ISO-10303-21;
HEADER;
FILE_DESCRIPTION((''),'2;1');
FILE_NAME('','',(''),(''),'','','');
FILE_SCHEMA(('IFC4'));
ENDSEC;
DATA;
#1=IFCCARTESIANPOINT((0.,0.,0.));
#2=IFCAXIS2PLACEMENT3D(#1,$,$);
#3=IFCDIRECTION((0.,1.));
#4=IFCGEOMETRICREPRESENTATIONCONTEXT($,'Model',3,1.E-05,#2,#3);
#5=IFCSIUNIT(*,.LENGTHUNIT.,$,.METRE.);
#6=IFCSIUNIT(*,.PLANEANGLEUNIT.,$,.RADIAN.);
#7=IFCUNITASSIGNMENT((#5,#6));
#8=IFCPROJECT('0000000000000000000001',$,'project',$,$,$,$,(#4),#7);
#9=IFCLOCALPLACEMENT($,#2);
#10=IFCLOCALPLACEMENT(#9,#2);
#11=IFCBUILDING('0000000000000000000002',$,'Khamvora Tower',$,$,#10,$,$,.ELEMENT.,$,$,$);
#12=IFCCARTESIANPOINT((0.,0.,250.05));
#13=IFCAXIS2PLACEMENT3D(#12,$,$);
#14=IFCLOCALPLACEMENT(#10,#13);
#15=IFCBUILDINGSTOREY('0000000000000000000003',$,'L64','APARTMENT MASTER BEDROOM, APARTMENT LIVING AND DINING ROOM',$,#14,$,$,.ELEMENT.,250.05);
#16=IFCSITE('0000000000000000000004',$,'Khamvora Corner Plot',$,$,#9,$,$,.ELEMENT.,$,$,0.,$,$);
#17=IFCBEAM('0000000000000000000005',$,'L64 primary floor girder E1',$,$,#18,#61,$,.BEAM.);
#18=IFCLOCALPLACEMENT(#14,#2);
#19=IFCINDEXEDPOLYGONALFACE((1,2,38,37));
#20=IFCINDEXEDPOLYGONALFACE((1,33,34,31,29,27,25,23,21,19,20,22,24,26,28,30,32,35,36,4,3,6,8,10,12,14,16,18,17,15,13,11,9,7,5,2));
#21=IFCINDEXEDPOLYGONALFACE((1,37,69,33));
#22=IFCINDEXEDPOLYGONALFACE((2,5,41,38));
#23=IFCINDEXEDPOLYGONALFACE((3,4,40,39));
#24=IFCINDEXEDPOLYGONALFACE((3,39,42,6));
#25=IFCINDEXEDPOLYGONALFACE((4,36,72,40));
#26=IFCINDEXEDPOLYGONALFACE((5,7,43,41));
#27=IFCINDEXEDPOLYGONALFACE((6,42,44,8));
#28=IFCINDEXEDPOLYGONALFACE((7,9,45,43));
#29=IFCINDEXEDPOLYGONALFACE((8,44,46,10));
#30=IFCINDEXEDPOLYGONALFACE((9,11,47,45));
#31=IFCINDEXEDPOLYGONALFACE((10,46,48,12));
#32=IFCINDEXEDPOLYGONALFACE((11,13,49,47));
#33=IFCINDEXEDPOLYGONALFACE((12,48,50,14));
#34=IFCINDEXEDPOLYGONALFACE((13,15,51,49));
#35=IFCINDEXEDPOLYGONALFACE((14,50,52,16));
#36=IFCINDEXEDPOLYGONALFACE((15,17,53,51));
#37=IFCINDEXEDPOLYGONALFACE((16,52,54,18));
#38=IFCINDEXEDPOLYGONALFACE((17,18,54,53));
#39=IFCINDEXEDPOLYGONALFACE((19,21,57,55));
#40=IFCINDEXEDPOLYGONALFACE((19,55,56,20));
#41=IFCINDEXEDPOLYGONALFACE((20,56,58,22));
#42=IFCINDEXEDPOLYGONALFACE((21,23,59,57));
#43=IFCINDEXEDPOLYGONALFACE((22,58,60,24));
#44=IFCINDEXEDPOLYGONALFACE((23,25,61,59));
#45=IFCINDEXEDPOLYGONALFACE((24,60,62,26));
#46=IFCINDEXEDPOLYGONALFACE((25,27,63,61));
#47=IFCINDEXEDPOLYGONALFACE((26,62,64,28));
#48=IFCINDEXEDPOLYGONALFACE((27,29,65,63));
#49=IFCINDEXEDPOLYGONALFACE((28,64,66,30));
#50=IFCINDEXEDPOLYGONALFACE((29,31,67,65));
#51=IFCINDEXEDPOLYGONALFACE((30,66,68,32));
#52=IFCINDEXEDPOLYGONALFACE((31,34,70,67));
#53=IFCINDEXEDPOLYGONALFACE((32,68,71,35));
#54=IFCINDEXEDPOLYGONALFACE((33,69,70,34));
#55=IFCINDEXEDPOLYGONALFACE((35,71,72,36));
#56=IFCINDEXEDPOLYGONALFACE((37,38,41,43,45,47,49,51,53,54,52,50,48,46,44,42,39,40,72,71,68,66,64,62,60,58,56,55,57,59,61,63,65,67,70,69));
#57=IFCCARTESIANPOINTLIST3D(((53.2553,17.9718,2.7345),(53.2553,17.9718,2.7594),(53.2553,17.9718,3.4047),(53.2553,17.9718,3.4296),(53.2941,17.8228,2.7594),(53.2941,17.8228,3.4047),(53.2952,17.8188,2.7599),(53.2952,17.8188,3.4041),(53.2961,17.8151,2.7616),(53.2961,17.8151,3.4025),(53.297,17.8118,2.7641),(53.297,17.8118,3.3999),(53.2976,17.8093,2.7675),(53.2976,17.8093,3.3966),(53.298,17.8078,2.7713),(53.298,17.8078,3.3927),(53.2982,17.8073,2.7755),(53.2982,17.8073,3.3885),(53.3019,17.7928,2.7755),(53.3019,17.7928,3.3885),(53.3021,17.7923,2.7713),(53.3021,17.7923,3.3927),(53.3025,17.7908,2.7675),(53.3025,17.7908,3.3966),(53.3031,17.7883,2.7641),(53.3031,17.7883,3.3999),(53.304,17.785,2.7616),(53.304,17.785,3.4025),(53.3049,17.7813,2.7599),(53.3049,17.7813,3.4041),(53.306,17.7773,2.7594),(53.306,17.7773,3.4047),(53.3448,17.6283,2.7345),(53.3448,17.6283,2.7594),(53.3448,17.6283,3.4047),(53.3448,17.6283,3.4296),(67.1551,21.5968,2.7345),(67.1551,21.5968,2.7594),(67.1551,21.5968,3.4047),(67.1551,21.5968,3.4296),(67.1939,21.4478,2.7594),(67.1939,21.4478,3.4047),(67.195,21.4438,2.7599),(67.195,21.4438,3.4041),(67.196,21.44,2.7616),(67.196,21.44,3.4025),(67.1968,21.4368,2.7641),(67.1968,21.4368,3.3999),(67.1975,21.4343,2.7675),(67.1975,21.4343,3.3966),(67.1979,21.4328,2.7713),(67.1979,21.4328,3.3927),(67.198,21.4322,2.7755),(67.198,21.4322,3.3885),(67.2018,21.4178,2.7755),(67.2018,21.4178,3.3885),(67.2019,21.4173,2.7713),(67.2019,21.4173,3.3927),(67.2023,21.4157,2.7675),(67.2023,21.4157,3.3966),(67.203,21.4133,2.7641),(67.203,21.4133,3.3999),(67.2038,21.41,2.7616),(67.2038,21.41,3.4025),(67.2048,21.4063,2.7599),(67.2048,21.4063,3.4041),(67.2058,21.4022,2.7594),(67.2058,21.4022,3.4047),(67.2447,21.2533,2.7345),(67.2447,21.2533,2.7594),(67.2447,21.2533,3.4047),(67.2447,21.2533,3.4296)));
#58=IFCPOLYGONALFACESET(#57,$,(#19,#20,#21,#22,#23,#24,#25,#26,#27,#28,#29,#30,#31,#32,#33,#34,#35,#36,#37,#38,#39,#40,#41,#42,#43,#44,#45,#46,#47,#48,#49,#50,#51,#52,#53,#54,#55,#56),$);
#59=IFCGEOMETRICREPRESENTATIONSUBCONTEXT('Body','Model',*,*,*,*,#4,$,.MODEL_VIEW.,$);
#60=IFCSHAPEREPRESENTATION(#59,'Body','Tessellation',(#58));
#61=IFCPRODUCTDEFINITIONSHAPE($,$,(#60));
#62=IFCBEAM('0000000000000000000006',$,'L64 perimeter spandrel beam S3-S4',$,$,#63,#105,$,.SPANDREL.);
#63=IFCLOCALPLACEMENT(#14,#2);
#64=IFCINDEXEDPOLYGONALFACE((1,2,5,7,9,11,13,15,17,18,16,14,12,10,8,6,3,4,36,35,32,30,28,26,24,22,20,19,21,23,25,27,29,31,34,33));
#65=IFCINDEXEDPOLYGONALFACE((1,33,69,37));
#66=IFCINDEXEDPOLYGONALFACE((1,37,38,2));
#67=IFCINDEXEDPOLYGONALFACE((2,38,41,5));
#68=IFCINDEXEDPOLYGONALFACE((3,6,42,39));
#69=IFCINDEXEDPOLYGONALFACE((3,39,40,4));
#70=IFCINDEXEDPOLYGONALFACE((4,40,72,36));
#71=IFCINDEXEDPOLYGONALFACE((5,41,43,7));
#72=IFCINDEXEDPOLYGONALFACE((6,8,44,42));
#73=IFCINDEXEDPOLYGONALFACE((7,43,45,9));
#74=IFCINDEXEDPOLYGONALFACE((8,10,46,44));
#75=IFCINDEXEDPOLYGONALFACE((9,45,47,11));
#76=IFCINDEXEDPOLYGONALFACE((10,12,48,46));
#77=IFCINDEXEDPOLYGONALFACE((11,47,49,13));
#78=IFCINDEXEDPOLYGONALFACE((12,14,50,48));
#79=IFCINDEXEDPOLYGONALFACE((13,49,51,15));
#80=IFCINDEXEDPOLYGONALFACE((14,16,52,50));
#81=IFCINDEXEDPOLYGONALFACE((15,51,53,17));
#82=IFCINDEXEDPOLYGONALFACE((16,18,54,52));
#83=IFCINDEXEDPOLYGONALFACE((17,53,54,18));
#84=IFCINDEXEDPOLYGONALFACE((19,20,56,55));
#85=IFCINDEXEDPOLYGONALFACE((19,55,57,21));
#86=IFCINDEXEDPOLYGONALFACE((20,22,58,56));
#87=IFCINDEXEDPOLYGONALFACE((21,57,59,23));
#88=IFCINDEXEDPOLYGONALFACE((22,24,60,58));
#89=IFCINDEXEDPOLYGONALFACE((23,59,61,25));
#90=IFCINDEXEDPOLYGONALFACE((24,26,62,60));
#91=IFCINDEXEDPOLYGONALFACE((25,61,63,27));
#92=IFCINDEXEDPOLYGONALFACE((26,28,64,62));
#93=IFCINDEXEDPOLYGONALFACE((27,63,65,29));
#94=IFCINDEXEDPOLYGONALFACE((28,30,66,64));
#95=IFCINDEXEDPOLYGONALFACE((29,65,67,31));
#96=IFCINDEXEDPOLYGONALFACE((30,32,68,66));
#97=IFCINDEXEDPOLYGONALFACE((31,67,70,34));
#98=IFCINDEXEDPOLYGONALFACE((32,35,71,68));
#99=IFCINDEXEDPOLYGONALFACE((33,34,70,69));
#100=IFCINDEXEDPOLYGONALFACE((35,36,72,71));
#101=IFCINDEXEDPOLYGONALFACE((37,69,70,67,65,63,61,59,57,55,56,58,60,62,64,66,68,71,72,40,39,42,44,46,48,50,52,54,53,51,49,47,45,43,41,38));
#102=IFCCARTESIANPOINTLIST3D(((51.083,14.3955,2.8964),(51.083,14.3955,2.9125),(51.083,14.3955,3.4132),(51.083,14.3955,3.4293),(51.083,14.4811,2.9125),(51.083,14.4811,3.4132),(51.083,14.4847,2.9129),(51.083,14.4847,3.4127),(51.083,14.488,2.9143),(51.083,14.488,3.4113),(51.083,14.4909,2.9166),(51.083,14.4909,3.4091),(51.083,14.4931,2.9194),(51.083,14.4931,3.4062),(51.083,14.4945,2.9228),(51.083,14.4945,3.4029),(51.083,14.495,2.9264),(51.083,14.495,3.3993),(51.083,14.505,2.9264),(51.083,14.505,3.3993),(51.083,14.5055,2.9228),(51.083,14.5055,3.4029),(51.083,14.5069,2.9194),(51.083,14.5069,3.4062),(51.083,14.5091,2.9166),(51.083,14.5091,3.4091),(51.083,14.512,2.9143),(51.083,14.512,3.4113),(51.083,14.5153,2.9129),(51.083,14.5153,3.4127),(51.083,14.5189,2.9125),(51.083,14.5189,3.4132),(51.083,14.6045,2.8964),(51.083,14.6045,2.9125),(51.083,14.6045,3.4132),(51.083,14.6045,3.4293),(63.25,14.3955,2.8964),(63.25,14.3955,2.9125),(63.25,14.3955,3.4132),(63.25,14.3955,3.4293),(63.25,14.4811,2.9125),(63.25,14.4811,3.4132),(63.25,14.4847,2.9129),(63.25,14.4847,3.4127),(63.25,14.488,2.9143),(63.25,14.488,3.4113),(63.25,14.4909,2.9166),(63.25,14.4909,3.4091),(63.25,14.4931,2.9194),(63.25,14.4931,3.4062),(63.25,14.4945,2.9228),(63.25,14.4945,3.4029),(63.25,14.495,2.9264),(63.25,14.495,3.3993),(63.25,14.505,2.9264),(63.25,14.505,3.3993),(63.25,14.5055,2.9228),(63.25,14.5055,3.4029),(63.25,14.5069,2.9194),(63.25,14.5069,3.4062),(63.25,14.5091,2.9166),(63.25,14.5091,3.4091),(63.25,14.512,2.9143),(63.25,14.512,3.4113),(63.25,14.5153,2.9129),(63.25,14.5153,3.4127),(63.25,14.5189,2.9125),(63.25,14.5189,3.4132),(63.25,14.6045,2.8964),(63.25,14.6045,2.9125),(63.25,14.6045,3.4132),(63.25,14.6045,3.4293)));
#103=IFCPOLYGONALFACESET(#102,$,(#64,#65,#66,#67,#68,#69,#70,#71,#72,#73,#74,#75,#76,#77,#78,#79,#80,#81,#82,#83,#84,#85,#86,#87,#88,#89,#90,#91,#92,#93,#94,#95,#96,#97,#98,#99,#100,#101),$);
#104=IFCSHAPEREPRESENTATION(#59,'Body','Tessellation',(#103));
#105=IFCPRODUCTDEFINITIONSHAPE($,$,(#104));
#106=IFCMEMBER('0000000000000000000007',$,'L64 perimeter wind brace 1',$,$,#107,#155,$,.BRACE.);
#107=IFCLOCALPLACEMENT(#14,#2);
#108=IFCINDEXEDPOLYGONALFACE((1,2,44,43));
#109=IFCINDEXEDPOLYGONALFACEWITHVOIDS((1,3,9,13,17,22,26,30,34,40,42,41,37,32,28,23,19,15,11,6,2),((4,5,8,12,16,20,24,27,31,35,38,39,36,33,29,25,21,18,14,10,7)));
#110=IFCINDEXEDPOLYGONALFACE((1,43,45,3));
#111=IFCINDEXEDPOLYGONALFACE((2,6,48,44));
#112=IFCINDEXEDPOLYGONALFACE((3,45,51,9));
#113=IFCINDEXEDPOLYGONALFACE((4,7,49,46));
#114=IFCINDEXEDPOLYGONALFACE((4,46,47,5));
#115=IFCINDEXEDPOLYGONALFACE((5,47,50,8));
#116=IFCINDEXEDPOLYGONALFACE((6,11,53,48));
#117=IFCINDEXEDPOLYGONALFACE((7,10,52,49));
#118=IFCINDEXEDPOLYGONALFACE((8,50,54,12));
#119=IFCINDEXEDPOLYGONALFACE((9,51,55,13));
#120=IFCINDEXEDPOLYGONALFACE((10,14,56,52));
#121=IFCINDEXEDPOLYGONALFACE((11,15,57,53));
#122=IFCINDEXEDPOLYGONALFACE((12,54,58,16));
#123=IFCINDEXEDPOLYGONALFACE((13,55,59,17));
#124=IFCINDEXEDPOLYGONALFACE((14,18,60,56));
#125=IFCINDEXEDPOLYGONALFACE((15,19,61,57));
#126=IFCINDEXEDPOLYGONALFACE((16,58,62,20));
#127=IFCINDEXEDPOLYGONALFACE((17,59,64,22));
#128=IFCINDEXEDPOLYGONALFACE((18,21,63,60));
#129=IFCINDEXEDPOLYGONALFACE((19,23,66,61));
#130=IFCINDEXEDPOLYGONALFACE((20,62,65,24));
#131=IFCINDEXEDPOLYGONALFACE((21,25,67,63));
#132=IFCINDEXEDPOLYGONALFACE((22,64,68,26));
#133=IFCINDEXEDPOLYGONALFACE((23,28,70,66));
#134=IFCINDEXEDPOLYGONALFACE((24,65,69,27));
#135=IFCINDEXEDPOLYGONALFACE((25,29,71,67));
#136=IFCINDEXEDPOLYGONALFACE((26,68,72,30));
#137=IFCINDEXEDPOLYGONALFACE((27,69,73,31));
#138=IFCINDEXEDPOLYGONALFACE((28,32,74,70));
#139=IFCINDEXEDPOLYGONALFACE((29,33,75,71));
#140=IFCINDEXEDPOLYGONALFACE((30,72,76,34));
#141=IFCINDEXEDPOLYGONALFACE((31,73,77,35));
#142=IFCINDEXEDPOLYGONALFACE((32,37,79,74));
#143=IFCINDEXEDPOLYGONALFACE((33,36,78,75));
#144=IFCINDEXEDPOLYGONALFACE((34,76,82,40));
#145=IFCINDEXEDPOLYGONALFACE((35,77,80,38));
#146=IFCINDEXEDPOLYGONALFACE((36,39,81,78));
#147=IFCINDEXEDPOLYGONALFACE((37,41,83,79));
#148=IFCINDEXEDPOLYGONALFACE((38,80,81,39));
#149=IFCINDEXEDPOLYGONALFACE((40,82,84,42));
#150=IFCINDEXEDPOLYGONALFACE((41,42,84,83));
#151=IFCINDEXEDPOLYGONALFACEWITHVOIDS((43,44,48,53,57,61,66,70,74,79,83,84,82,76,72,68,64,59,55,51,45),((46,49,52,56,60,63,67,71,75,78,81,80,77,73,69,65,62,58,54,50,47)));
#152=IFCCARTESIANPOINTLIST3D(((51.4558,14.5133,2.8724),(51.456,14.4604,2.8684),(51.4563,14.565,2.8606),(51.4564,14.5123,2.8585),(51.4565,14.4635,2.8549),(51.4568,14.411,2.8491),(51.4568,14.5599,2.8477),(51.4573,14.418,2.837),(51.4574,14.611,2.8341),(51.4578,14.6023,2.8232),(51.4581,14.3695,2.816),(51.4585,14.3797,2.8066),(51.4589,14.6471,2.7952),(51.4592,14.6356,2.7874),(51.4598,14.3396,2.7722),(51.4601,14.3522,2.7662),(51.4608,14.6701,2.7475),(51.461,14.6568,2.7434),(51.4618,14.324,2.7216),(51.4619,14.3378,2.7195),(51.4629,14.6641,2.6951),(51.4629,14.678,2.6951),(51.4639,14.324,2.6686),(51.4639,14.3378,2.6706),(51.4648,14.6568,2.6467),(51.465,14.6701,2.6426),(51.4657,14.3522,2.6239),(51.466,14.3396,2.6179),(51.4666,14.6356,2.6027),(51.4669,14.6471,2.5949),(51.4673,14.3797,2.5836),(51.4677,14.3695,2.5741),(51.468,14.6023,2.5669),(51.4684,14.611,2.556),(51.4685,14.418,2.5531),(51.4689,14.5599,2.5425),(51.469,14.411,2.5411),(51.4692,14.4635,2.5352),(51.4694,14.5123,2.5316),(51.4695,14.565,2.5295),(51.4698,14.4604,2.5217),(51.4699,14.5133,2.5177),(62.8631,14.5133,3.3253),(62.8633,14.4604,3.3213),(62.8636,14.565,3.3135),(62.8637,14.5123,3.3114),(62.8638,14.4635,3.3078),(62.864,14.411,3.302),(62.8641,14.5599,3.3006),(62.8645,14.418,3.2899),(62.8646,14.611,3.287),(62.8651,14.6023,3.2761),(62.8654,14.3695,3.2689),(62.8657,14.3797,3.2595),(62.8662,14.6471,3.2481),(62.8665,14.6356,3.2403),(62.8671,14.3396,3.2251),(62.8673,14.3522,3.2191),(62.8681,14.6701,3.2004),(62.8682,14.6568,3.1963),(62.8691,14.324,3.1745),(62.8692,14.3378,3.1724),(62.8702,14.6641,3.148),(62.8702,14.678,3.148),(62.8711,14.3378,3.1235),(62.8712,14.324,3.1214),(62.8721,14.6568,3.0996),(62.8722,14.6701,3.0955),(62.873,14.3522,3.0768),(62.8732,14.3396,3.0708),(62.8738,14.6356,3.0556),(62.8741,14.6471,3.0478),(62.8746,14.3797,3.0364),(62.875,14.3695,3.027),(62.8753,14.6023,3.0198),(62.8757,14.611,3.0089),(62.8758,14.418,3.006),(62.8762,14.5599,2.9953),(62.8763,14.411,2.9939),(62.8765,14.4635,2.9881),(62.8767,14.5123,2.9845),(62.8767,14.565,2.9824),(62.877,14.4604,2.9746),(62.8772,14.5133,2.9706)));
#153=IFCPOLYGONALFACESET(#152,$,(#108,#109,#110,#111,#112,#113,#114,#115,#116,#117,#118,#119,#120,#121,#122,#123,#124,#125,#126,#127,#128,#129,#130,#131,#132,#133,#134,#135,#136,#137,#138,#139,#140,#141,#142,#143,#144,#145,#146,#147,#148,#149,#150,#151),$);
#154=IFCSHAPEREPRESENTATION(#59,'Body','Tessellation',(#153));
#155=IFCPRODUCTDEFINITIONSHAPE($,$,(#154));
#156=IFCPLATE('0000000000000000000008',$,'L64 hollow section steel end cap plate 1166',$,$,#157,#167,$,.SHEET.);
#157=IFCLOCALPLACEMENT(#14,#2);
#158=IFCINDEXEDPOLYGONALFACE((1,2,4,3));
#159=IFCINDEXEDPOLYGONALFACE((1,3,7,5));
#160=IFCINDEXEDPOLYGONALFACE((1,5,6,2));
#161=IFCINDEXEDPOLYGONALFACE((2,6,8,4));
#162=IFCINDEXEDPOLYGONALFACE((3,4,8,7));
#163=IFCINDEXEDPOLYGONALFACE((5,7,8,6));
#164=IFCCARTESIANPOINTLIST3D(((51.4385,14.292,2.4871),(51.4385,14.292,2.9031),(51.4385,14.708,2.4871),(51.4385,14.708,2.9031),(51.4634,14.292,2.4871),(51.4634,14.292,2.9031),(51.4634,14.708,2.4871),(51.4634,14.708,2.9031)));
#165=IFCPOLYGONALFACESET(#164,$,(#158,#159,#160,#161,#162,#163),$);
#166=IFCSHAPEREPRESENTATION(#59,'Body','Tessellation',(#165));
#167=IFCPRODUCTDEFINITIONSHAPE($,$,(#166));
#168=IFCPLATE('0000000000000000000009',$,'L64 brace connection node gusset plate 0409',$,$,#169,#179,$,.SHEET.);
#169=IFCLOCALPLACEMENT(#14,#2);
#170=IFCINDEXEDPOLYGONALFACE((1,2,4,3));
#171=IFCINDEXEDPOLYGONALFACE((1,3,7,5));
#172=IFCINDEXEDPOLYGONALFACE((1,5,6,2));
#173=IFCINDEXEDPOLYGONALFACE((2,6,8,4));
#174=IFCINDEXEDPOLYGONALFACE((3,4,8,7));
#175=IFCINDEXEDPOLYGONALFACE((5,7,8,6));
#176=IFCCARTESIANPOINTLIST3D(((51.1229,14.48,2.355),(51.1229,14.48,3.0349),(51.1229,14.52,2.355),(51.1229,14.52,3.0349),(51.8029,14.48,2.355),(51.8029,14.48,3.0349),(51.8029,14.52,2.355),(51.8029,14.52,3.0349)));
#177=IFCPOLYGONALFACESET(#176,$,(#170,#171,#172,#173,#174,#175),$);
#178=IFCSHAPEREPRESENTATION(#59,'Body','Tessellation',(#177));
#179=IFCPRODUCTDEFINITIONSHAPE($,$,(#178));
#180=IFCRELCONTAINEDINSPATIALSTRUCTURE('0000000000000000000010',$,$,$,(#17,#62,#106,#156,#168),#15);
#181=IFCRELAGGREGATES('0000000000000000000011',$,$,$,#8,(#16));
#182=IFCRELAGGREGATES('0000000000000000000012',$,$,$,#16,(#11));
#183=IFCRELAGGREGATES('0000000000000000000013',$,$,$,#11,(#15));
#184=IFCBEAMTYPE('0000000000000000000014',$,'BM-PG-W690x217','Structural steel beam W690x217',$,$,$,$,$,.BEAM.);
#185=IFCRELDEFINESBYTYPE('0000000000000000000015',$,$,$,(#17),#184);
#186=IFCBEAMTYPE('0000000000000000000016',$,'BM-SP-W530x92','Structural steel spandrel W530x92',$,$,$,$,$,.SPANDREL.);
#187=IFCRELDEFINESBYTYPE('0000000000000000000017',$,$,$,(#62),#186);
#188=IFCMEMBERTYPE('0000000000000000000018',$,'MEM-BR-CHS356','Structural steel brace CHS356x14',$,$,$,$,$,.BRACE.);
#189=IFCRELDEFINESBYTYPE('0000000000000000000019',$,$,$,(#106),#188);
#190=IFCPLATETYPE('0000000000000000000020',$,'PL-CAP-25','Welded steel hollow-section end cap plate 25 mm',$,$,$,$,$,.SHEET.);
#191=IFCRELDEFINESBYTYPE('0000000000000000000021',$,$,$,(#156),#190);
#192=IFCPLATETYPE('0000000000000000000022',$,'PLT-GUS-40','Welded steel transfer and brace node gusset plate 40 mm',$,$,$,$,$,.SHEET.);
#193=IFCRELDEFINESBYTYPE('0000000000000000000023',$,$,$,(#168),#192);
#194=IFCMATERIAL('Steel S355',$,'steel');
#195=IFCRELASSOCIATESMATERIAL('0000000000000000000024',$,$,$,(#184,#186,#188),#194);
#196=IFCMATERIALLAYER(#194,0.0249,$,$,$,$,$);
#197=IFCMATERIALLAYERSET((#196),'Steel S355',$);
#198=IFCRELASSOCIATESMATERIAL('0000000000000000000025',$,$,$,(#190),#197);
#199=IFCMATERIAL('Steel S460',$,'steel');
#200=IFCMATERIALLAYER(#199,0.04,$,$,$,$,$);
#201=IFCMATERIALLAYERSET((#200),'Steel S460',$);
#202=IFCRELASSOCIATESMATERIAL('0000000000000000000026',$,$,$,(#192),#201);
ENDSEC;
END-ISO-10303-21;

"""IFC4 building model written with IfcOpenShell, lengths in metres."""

from ifc_helpers import new_model, si_unit, direction, frame, origin, origin_2d, place, context, subcontext, project, spatial, rectangle, hollow_circle, i_section, extrude, material, layer, layer_set, material_profile, profile_set, type_object, element, save


model = new_model("IFC4")

# Units and contexts
model_context = context("Model", 3, precision=1e-05, world=origin(), true_north=direction((0.0, 1.0)))
body_context = subcontext(model_context, "Body", "Model", "MODEL_VIEW")
ifc_project = project(units=[si_unit("LENGTHUNIT", "METRE"), si_unit("PLANEANGLEUNIT", "RADIAN")], contexts=[model_context])

# Site, building, storey
site_placement = place(None, origin())
site = spatial("IfcSite", under=ifc_project, at=site_placement, Name="Khamvora Corner Plot", CompositionType="ELEMENT", RefElevation=0.0)
building_placement = place(site_placement, origin())
building = spatial("IfcBuilding", under=site, at=building_placement, Name="Khamvora Tower", CompositionType="ELEMENT")
storey_placement = place(building_placement, frame((0.0, 0.0, 250.05)))
storey = spatial("IfcBuildingStorey", under=building, at=storey_placement, Name="L64", Description="APARTMENT MASTER BEDROOM, APARTMENT LIVING AND DINING ROOM", CompositionType="ELEMENT", Elevation=250.05)

# Shared definitions
ifc_material_1 = material(Name="Steel S355", Category="steel")

# Beams
ifc_material_profile_1 = material_profile(ifc_material_1, i_section(OverallWidth=0.355, OverallDepth=0.6951, WebThickness=0.0149, FlangeThickness=0.0249, FilletRadius=0.0161, at=origin_2d()), Name="W690x217")
ifc_profile_set_1 = profile_set([ifc_material_profile_1], Name="Steel S355")
beam_type_1 = type_object("IfcBeamType", Name="BM-PG-W690x217", Description="Structural steel beam W690x217", PredefinedType="BEAM", material=ifc_profile_set_1)
beam_1_placement = place(storey_placement, frame((53.3, 17.8, 3.082), z_axis=(0.967635, 0.252353, 0.0), x_axis=(-0.252353, 0.967635, 0.0)))
element("IfcBeam", 1, at=beam_1_placement, inside=storey, type_object=beam_type_1, Name="L64 primary floor girder E1", PredefinedType="BEAM", context=body_context, shape_type="SweptSolid", body=[
    extrude(i_section(OverallWidth=0.355, OverallDepth=0.6951, WebThickness=0.0149, FlangeThickness=0.0249, FilletRadius=0.0161, at=origin_2d()), origin(), (0.0, 0.0, 1.0), 14.3647),
])
ifc_material_profile_2 = material_profile(ifc_material_1, i_section(OverallWidth=0.209, OverallDepth=0.533, WebThickness=0.01, FlangeThickness=0.0161, FilletRadius=0.0139, at=origin_2d()), Name="W530x92")
ifc_profile_set_2 = profile_set([ifc_material_profile_2], Name="Steel S355")
beam_type_2 = type_object("IfcBeamType", Name="BM-SP-W530x92", Description="Structural steel spandrel W530x92", PredefinedType="SPANDREL", material=ifc_profile_set_2)
beam_2_placement = place(storey_placement, frame((51.083, 14.5, 3.1628), z_axis=(1.0, 0.0, 0.0), x_axis=(0.0, 1.0, 0.0)))
element("IfcBeam", 2, at=beam_2_placement, inside=storey, type_object=beam_type_2, Name="L64 perimeter spandrel beam S3-S4", PredefinedType="SPANDREL", context=body_context, shape_type="SweptSolid", body=[
    extrude(i_section(OverallWidth=0.209, OverallDepth=0.533, WebThickness=0.01, FlangeThickness=0.0161, FilletRadius=0.0139, at=origin_2d()), origin(), (0.0, 0.0, 1.0), 12.167),
])

# Member
ifc_material_profile_3 = material_profile(ifc_material_1, hollow_circle(Radius=0.178, WallThickness=0.0139, at=origin_2d()), Name="CHS356x14")
ifc_profile_set_3 = profile_set([ifc_material_profile_3], Name="Steel S355")
member_type = type_object("IfcMemberType", Name="MEM-BR-CHS356", Description="Structural steel brace CHS356x14", PredefinedType="BRACE", material=ifc_profile_set_3)
member_placement = place(storey_placement, frame((51.4629, 14.5, 2.6951), z_axis=(0.999213, 0.0, 0.03967), x_axis=(0.0, 1.0, 0.0)))
element("IfcMember", 3, at=member_placement, inside=storey, type_object=member_type, Name="L64 perimeter wind brace 1", PredefinedType="BRACE", context=body_context, shape_type="SweptSolid", body=[
    extrude(hollow_circle(Radius=0.178, WallThickness=0.0139, at=origin_2d()), origin(), (0.0, 0.0, 1.0), 11.4163),
])

# Plates
ifc_layer_1 = layer(ifc_material_1, 0.0249)
ifc_layer_set_1 = layer_set([ifc_layer_1], Name="Steel S355")
plate_type_1 = type_object("IfcPlateType", Name="PL-CAP-25", Description="Welded steel hollow-section end cap plate 25 mm", PredefinedType="SHEET", material=ifc_layer_set_1)
plate_1_placement = place(storey_placement, frame((51.4509, 14.5, 2.4871), z_axis=(0.0, 0.0, 1.0), x_axis=(1.0, 0.0, 0.0)))
element("IfcPlate", 4, at=plate_1_placement, inside=storey, type_object=plate_type_1, Name="L64 hollow section steel end cap plate 1166", PredefinedType="SHEET", context=body_context, shape_type="SweptSolid", body=[
    extrude(rectangle(XDim=0.0249, YDim=0.416, at=origin_2d()), origin(), (0.0, 0.0, 1.0), 0.416),
])
ifc_material_2 = material(Name="Steel S460", Category="steel")
ifc_layer_2 = layer(ifc_material_2, 0.04)
ifc_layer_set_2 = layer_set([ifc_layer_2], Name="Steel S460")
plate_type_2 = type_object("IfcPlateType", Name="PLT-GUS-40", Description="Welded steel transfer and brace node gusset plate 40 mm", PredefinedType="SHEET", material=ifc_layer_set_2)
plate_2_placement = place(storey_placement, frame((51.4629, 14.5, 2.355), z_axis=(0.0, 0.0, 1.0), x_axis=(1.0, 0.0, 0.0)))
element("IfcPlate", 5, at=plate_2_placement, inside=storey, type_object=plate_type_2, Name="L64 brace connection node gusset plate 0409", PredefinedType="SHEET", context=body_context, shape_type="SweptSolid", body=[
    extrude(rectangle(XDim=0.6799, YDim=0.04, at=origin_2d()), origin(), (0.0, 0.0, 1.0), 0.6799),
])

save(model, "model.ifc")
